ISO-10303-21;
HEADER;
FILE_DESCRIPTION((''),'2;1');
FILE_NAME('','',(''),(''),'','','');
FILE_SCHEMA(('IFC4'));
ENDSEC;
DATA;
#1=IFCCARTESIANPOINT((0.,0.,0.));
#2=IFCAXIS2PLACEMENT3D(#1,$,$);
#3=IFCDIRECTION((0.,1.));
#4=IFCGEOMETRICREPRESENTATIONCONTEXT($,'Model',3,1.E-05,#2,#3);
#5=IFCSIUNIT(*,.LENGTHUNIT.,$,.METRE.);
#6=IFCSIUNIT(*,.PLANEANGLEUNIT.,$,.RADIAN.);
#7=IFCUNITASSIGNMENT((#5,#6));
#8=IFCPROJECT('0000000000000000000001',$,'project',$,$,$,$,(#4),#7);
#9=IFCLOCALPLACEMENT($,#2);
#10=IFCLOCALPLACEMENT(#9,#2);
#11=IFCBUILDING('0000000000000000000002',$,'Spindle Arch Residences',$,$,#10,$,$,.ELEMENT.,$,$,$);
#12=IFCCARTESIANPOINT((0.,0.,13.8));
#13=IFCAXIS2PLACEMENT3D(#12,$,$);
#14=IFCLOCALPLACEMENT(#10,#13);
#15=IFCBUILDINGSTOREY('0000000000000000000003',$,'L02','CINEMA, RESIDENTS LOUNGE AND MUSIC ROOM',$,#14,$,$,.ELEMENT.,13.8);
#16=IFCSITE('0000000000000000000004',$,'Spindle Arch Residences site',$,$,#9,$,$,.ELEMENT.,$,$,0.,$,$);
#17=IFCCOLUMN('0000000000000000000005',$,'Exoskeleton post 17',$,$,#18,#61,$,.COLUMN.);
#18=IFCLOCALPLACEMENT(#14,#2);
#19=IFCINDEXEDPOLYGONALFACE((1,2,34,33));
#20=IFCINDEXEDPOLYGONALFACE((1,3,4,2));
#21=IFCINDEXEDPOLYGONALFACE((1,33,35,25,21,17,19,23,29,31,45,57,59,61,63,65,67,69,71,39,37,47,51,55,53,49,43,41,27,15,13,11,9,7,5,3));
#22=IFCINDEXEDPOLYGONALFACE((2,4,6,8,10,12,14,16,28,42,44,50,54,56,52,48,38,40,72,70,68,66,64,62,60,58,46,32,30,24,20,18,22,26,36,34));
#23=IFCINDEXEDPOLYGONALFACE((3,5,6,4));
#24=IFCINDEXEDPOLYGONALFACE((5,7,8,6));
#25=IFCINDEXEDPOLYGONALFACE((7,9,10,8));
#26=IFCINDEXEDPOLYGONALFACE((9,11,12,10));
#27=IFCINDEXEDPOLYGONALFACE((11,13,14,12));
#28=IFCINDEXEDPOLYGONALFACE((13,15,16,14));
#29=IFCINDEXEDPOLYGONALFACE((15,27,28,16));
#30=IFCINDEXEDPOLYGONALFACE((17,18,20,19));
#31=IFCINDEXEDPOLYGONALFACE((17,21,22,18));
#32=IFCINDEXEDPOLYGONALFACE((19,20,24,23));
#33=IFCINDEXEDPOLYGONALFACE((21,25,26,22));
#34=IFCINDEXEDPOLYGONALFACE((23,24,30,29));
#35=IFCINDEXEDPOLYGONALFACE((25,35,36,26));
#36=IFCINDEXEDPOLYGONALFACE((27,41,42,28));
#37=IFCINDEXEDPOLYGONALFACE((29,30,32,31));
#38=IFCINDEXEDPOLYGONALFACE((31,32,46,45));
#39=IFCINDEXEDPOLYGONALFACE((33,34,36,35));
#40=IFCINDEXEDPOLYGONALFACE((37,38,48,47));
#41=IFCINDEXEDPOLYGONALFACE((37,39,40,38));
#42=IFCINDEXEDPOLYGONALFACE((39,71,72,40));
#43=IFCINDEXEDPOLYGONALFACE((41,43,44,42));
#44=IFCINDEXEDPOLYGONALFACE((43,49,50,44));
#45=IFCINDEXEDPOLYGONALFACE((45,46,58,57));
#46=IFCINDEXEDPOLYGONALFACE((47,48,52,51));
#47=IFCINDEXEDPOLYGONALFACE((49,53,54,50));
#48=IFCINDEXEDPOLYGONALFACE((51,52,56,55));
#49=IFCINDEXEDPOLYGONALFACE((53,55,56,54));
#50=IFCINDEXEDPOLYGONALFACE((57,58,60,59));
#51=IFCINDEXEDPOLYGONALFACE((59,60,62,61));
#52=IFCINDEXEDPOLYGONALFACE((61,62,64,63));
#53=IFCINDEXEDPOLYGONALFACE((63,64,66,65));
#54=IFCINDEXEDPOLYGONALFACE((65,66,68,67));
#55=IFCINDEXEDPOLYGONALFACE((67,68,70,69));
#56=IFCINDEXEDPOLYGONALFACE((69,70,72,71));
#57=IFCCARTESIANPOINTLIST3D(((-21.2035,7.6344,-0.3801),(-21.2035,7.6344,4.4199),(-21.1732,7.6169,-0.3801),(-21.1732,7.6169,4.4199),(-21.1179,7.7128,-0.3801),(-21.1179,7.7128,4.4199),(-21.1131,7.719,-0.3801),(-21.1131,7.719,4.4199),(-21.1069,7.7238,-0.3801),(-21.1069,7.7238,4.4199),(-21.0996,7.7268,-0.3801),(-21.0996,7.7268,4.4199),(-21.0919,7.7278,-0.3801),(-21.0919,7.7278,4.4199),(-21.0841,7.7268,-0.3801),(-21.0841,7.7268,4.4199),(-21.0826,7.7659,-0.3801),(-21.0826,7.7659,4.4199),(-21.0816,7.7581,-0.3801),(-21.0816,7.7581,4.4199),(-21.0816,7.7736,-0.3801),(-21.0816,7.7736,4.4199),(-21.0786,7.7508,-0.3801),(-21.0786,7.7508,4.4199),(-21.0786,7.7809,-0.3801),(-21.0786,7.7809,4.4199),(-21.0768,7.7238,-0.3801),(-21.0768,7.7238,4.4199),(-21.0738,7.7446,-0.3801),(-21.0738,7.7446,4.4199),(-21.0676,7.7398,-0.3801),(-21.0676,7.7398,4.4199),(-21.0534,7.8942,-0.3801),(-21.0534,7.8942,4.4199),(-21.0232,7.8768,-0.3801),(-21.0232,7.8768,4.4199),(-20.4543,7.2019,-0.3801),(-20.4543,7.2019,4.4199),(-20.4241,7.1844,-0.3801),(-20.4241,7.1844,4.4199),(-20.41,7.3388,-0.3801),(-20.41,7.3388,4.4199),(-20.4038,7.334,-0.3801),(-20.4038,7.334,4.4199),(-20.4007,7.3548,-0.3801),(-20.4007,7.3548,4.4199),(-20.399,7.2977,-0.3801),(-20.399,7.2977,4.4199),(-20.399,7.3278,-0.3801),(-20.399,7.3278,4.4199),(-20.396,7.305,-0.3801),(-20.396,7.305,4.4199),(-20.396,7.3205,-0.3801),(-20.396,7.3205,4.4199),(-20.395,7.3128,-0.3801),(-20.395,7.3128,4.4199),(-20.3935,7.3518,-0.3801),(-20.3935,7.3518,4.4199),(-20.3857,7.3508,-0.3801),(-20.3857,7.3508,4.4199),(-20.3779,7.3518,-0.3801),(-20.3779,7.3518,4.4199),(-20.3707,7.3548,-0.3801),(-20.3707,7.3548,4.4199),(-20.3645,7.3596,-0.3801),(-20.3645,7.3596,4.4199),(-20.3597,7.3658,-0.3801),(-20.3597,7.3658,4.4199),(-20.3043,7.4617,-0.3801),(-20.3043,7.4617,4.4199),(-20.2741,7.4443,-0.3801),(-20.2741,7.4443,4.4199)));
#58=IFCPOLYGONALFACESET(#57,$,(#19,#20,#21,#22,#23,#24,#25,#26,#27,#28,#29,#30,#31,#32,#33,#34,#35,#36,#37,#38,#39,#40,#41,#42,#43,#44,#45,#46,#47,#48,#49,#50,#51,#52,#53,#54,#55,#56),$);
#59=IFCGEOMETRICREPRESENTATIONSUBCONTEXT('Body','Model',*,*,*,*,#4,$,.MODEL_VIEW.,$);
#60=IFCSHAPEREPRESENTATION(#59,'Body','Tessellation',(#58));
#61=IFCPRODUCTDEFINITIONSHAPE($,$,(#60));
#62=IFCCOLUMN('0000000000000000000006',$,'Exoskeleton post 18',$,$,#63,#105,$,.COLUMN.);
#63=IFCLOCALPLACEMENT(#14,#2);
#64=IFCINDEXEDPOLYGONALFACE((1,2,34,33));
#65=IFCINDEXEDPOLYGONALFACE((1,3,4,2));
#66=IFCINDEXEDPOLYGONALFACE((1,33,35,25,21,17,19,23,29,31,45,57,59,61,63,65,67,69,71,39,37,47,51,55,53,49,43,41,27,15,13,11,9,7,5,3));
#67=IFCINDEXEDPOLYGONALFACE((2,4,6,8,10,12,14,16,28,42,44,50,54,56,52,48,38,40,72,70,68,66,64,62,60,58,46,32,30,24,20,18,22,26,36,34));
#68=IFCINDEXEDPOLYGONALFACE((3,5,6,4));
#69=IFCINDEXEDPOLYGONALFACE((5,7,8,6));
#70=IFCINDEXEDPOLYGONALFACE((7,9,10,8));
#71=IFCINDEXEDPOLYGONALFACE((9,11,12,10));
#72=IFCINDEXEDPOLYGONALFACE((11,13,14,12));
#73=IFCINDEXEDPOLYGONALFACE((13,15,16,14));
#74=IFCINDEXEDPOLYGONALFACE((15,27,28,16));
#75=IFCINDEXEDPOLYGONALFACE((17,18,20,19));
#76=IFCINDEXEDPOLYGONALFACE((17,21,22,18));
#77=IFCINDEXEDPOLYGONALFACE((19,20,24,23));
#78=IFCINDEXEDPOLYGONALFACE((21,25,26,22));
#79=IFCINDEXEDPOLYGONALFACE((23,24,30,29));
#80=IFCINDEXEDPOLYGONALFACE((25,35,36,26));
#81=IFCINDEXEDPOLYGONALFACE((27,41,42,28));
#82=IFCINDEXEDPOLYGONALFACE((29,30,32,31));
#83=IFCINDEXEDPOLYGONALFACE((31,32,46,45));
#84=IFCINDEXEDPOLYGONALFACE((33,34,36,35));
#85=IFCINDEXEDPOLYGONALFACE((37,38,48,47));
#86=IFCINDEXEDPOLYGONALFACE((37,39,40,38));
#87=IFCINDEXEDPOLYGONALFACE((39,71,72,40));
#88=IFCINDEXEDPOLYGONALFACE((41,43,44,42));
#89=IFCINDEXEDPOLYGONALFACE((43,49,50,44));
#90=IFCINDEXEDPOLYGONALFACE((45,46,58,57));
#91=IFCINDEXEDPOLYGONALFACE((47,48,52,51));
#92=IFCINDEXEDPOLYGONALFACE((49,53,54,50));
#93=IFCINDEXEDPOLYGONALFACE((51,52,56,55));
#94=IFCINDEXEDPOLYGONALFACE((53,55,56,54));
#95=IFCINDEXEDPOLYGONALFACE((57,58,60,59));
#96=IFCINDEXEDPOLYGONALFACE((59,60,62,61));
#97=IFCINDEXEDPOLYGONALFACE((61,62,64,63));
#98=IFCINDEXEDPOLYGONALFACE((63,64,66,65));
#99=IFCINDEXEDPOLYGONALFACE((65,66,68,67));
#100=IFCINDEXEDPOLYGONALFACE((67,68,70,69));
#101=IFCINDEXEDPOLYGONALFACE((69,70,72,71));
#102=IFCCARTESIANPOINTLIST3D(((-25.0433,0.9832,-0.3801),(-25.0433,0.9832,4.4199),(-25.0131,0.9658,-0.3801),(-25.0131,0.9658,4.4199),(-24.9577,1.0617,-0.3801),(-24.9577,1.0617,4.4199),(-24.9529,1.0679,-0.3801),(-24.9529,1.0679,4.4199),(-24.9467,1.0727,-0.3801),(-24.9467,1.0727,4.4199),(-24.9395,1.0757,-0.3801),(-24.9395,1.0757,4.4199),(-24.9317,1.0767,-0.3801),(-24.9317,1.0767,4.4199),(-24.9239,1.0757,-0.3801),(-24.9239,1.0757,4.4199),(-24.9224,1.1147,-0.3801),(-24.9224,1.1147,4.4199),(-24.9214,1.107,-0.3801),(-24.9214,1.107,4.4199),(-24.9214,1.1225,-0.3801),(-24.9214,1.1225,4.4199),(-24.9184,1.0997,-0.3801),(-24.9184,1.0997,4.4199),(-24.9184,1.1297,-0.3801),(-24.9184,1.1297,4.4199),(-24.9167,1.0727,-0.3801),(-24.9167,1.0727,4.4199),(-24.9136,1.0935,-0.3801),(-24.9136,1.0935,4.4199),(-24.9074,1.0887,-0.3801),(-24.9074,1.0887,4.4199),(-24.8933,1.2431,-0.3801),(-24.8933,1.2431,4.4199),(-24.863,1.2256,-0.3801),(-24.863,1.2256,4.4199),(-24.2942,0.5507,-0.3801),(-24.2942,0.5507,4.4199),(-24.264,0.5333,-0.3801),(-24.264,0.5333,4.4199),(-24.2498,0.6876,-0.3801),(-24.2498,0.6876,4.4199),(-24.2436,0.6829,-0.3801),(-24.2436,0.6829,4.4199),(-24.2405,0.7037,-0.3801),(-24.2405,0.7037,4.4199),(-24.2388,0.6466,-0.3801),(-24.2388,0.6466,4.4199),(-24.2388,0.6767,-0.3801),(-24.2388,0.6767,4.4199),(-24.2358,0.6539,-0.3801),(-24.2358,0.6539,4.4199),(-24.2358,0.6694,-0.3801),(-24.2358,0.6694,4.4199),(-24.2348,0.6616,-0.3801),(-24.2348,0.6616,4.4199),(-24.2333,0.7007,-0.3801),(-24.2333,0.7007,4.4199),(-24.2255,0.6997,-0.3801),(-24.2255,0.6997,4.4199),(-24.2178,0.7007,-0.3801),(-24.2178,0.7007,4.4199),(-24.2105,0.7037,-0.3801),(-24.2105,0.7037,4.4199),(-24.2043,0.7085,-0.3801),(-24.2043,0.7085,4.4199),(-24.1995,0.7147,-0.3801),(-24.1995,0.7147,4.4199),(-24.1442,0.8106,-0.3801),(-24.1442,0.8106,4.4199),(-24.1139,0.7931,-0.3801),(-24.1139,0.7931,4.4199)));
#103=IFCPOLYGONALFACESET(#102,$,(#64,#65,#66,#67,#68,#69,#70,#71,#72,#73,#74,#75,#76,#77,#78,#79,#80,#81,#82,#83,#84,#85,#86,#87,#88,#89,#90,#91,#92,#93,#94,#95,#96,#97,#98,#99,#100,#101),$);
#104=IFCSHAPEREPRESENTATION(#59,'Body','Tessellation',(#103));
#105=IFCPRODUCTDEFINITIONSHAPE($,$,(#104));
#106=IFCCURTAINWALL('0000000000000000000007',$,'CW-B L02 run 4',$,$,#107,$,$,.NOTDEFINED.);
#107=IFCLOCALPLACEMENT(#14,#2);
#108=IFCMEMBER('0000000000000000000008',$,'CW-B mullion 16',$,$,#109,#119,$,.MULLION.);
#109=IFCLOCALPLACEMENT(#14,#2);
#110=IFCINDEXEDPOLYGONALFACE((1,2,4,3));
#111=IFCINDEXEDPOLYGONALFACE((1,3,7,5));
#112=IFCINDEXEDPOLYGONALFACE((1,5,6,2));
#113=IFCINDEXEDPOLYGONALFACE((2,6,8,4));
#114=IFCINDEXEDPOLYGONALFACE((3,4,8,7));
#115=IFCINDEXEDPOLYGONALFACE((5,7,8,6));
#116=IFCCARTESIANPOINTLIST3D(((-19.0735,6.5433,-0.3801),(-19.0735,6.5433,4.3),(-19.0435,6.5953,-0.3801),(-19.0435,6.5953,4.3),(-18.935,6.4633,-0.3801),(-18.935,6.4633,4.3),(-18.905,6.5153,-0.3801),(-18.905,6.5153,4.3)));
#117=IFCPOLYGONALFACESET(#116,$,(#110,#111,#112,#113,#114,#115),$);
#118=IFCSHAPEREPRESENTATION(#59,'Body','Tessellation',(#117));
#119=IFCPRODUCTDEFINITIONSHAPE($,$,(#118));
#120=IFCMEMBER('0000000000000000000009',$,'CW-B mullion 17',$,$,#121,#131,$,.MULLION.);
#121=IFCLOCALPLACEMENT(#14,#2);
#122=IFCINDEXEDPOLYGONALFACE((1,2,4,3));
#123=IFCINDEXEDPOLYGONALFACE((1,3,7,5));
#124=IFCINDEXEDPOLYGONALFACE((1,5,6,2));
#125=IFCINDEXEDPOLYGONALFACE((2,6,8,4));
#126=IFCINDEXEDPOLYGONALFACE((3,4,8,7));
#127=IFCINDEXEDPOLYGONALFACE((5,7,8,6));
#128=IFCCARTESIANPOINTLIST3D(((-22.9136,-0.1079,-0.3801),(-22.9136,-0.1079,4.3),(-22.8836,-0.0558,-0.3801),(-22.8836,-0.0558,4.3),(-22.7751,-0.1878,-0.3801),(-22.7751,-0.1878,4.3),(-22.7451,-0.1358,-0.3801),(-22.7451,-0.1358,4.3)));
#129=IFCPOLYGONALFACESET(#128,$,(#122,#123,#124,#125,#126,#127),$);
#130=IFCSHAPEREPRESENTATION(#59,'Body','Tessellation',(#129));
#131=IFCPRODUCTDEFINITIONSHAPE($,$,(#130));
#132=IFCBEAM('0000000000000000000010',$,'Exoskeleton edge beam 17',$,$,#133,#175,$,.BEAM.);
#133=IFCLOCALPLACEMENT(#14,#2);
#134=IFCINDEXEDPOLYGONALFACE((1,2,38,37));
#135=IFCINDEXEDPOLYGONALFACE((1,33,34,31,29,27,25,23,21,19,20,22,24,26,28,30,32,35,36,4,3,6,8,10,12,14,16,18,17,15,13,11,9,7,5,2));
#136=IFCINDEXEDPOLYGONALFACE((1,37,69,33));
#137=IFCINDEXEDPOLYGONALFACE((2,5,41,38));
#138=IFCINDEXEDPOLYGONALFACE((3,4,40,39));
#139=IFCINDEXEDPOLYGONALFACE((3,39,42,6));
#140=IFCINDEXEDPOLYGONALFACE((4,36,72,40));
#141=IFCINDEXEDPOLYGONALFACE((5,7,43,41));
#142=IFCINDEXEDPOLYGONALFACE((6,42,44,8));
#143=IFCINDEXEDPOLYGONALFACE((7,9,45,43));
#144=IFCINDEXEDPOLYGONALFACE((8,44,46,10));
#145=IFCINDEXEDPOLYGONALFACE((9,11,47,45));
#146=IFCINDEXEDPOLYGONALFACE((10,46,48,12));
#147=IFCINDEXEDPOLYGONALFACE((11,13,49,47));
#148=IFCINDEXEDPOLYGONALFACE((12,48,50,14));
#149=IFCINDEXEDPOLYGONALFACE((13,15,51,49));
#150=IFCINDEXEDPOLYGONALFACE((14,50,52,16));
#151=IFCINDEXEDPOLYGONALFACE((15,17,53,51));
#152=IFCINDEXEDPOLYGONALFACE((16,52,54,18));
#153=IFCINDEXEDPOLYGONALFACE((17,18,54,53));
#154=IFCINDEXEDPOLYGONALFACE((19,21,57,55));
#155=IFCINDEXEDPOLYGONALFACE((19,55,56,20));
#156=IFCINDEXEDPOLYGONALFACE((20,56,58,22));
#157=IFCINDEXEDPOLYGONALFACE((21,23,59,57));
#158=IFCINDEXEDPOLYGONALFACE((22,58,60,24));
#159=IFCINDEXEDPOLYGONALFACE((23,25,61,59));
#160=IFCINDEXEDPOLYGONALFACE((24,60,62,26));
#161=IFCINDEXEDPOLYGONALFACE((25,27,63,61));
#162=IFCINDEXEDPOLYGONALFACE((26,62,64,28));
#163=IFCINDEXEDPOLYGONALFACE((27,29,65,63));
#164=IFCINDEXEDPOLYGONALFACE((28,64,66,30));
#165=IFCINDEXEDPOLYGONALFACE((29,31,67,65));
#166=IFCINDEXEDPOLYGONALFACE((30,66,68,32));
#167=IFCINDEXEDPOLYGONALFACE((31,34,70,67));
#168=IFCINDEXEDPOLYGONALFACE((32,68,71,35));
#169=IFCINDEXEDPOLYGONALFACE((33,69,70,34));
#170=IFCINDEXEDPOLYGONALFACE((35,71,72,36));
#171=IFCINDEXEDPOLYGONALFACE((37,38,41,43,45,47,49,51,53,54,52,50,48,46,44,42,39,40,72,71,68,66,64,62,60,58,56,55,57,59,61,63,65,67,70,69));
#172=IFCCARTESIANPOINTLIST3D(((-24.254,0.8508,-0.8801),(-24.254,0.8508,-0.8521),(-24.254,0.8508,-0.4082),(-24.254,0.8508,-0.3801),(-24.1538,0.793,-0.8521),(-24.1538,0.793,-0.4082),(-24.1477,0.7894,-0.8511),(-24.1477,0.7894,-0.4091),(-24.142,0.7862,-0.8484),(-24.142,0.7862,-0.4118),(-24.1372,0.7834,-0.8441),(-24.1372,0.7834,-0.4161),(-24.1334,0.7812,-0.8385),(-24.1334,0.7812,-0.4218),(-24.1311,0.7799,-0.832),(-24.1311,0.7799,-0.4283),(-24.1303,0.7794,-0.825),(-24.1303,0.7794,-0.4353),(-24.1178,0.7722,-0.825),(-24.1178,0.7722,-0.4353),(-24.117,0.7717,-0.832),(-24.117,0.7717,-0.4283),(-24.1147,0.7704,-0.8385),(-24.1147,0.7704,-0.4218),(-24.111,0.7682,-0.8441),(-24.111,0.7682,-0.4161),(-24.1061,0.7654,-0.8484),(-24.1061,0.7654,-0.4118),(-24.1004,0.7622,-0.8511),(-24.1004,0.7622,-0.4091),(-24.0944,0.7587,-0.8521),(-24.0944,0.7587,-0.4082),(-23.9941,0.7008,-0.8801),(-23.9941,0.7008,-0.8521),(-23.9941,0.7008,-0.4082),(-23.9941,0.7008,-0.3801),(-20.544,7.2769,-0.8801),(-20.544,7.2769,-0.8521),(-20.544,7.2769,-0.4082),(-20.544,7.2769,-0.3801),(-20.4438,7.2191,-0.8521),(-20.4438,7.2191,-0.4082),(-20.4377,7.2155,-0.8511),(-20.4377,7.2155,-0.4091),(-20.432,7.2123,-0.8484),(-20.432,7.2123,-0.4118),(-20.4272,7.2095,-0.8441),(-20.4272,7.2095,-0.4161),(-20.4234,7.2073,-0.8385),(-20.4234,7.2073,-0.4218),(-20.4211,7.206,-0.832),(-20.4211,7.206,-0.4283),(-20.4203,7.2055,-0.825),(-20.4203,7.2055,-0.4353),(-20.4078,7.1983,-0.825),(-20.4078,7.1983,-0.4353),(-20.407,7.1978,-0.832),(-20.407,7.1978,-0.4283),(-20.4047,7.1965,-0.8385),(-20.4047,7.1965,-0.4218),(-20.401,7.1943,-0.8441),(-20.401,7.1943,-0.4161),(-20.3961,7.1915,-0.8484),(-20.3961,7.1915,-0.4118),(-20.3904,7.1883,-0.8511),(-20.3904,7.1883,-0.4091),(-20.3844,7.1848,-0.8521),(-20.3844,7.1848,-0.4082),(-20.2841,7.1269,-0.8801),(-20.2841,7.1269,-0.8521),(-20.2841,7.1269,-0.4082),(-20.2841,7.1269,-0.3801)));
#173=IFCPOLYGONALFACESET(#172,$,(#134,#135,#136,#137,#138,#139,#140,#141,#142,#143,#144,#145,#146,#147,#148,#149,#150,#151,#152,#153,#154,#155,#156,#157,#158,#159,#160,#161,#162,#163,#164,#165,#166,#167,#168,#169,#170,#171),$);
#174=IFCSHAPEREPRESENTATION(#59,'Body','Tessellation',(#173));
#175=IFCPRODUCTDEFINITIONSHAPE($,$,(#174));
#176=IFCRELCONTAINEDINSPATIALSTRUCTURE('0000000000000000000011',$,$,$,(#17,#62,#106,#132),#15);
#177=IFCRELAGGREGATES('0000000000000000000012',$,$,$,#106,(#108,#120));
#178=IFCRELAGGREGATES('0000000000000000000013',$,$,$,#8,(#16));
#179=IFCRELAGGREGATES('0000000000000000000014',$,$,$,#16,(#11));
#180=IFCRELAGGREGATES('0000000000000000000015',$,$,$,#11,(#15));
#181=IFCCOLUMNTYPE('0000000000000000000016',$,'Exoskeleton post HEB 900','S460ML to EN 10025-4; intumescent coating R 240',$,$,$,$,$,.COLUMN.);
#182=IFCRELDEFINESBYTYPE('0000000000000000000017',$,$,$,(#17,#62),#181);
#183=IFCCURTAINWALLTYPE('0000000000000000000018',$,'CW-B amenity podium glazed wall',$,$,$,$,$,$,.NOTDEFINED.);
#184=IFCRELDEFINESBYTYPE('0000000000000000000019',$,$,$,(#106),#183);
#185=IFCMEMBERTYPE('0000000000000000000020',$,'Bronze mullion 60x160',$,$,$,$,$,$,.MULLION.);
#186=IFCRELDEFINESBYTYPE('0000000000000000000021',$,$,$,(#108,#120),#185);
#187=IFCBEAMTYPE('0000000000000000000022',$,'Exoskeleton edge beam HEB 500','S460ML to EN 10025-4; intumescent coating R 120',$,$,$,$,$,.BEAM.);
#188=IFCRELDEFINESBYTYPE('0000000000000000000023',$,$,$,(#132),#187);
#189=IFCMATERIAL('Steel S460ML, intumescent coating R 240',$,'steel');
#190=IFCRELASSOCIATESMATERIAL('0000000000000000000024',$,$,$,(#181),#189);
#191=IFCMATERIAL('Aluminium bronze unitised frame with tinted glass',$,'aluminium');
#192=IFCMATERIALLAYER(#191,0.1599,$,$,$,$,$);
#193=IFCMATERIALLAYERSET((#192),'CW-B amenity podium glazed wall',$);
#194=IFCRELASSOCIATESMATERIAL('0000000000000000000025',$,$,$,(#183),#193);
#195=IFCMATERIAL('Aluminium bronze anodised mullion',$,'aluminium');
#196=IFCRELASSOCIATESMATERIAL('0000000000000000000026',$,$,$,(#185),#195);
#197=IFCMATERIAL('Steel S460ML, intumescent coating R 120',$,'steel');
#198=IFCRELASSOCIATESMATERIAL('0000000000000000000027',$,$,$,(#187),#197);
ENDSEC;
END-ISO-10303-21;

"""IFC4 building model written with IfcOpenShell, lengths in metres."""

from ifc_helpers import new_model, si_unit, direction, frame, origin, origin_2d, place, context, subcontext, project, spatial, rectangle, i_section, extrude, material, layer, layer_set, material_profile, profile_set, type_object, element, aggregate, save


model = new_model("IFC4")

# Units and contexts
model_context = context("Model", 3, precision=1e-05, world=origin(), true_north=direction((0.0, 1.0)))
body_context = subcontext(model_context, "Body", "Model", "MODEL_VIEW")
ifc_project = project(units=[si_unit("LENGTHUNIT", "METRE"), si_unit("PLANEANGLEUNIT", "RADIAN")], contexts=[model_context])

# Site, building, storey
site_placement = place(None, origin())
site = spatial("IfcSite", under=ifc_project, at=site_placement, Name="Spindle Arch Residences site", CompositionType="ELEMENT", RefElevation=0.0)
building_placement = place(site_placement, origin())
building = spatial("IfcBuilding", under=site, at=building_placement, Name="Spindle Arch Residences", CompositionType="ELEMENT")
storey_placement = place(building_placement, frame((0.0, 0.0, 13.8)))
storey = spatial("IfcBuildingStorey", under=building, at=storey_placement, Name="L02", Description="CINEMA, RESIDENTS LOUNGE AND MUSIC ROOM", CompositionType="ELEMENT", Elevation=13.8)

# Columns
ifc_material_1 = material(Name="Steel S460ML, intumescent coating R 240", Category="steel")
ifc_material_profile_1 = material_profile(ifc_material_1, i_section(OverallWidth=0.3, OverallDepth=0.8999, WebThickness=0.0186, FlangeThickness=0.0349, FilletRadius=0.03, at=origin_2d()), Name="HEB 900")
ifc_profile_set_1 = profile_set([ifc_material_profile_1], Name="Steel S460ML, intumescent coating R 240")
column_type = type_object("IfcColumnType", Name="Exoskeleton post HEB 900", Description="S460ML to EN 10025-4; intumescent coating R 240", PredefinedType="COLUMN", material=ifc_profile_set_1)
for number, where, z_axis, x_axis, name in (
    (1, (-20.7388, 7.5393, -0.3801), (0.0, 0.0, 1.0), (0.5, 0.866025, 0.0), "Exoskeleton post 17"),
    (2, (-24.5786, 0.8882, -0.3801), (0.0, 0.0, 1.0), (0.5, 0.866025, 0.0), "Exoskeleton post 18"),
):
    element("IfcColumn", number, at=place(storey_placement, frame(where, z_axis=z_axis, x_axis=x_axis)), inside=storey, type_object=column_type, Name=name, PredefinedType="COLUMN", context=body_context, shape_type="SweptSolid", body=[
        extrude(i_section(OverallWidth=0.3, OverallDepth=0.8999, WebThickness=0.0186, FlangeThickness=0.0349, FilletRadius=0.03, at=origin_2d()), origin(), (0.0, 0.0, 1.0), 4.8),
    ])

# Curtain wall, members
ifc_material_2 = material(Name="Aluminium bronze unitised frame with tinted glass", Category="aluminium")
ifc_layer_1 = layer(ifc_material_2, 0.1599)
ifc_layer_set_1 = layer_set([ifc_layer_1], Name="CW-B amenity podium glazed wall")
curtain_wall_type = type_object("IfcCurtainWallType", Name="CW-B amenity podium glazed wall", PredefinedType="NOTDEFINED", material=ifc_layer_set_1)
curtain_wall_placement = place(storey_placement, origin())
curtain_wall = element("IfcCurtainWall", 3, at=curtain_wall_placement, inside=storey, type_object=curtain_wall_type, Name="CW-B L02 run 4", PredefinedType="NOTDEFINED")
ifc_material_3 = material(Name="Aluminium bronze anodised mullion", Category="aluminium")
ifc_material_profile_2 = material_profile(ifc_material_3, rectangle(XDim=0.1599, YDim=0.0601, at=origin_2d()), Name="MU 60x160")
ifc_profile_set_2 = profile_set([ifc_material_profile_2], Name="Aluminium bronze anodised mullion")
member_type = type_object("IfcMemberType", Name="Bronze mullion 60x160", PredefinedType="MULLION", material=ifc_profile_set_2)
member_1_placement = place(storey_placement, frame((-18.9893, 6.5293, -0.3801), z_axis=(0.0, 0.0, 1.0), x_axis=(0.866025, -0.5, 0.0)))
member_1 = element("IfcMember", 4, at=member_1_placement, type_object=member_type, Name="CW-B mullion 16", PredefinedType="MULLION", context=body_context, shape_type="SweptSolid", body=[
    extrude(rectangle(XDim=0.1599, YDim=0.0601, at=origin_2d()), origin(), (0.0, 0.0, 1.0), 4.6802),
])
member_2_placement = place(storey_placement, frame((-22.8293, -0.1218, -0.3801), z_axis=(0.0, 0.0, 1.0), x_axis=(0.866025, -0.5, 0.0)))
member_2 = element("IfcMember", 5, at=member_2_placement, type_object=member_type, Name="CW-B mullion 17", PredefinedType="MULLION", context=body_context, shape_type="SweptSolid", body=[
    extrude(rectangle(XDim=0.1599, YDim=0.0601, at=origin_2d()), origin(), (0.0, 0.0, 1.0), 4.6802),
])

# Beam
ifc_material_4 = material(Name="Steel S460ML, intumescent coating R 120", Category="steel")
ifc_material_profile_3 = material_profile(ifc_material_4, i_section(OverallWidth=0.3, OverallDepth=0.5, WebThickness=0.0144, FlangeThickness=0.0281, FilletRadius=0.0271, at=origin_2d()), Name="HEB 500")
ifc_profile_set_3 = profile_set([ifc_material_profile_3], Name="Steel S460ML, intumescent coating R 120")
beam_type_1 = type_object("IfcBeamType", Name="Exoskeleton edge beam HEB 500", Description="S460ML to EN 10025-4; intumescent coating R 120", PredefinedType="BEAM", material=ifc_profile_set_3)
beam_1_placement = place(storey_placement, frame((-20.4141, 7.2019, -0.6301), z_axis=(-0.499989, -0.866032, 0.0), x_axis=(0.866032, -0.499989, 0.0)))
element("IfcBeam", 6, at=beam_1_placement, inside=storey, type_object=beam_type_1, Name="Exoskeleton edge beam 17", PredefinedType="BEAM", context=body_context, shape_type="SweptSolid", body=[
    extrude(i_section(OverallWidth=0.3, OverallDepth=0.5, WebThickness=0.0144, FlangeThickness=0.0281, FilletRadius=0.0271, at=origin_2d()), origin(), (0.0, 0.0, 1.0), 7.4202),
])

aggregate(curtain_wall, [member_1, member_2])

save(model, "model.ifc")
